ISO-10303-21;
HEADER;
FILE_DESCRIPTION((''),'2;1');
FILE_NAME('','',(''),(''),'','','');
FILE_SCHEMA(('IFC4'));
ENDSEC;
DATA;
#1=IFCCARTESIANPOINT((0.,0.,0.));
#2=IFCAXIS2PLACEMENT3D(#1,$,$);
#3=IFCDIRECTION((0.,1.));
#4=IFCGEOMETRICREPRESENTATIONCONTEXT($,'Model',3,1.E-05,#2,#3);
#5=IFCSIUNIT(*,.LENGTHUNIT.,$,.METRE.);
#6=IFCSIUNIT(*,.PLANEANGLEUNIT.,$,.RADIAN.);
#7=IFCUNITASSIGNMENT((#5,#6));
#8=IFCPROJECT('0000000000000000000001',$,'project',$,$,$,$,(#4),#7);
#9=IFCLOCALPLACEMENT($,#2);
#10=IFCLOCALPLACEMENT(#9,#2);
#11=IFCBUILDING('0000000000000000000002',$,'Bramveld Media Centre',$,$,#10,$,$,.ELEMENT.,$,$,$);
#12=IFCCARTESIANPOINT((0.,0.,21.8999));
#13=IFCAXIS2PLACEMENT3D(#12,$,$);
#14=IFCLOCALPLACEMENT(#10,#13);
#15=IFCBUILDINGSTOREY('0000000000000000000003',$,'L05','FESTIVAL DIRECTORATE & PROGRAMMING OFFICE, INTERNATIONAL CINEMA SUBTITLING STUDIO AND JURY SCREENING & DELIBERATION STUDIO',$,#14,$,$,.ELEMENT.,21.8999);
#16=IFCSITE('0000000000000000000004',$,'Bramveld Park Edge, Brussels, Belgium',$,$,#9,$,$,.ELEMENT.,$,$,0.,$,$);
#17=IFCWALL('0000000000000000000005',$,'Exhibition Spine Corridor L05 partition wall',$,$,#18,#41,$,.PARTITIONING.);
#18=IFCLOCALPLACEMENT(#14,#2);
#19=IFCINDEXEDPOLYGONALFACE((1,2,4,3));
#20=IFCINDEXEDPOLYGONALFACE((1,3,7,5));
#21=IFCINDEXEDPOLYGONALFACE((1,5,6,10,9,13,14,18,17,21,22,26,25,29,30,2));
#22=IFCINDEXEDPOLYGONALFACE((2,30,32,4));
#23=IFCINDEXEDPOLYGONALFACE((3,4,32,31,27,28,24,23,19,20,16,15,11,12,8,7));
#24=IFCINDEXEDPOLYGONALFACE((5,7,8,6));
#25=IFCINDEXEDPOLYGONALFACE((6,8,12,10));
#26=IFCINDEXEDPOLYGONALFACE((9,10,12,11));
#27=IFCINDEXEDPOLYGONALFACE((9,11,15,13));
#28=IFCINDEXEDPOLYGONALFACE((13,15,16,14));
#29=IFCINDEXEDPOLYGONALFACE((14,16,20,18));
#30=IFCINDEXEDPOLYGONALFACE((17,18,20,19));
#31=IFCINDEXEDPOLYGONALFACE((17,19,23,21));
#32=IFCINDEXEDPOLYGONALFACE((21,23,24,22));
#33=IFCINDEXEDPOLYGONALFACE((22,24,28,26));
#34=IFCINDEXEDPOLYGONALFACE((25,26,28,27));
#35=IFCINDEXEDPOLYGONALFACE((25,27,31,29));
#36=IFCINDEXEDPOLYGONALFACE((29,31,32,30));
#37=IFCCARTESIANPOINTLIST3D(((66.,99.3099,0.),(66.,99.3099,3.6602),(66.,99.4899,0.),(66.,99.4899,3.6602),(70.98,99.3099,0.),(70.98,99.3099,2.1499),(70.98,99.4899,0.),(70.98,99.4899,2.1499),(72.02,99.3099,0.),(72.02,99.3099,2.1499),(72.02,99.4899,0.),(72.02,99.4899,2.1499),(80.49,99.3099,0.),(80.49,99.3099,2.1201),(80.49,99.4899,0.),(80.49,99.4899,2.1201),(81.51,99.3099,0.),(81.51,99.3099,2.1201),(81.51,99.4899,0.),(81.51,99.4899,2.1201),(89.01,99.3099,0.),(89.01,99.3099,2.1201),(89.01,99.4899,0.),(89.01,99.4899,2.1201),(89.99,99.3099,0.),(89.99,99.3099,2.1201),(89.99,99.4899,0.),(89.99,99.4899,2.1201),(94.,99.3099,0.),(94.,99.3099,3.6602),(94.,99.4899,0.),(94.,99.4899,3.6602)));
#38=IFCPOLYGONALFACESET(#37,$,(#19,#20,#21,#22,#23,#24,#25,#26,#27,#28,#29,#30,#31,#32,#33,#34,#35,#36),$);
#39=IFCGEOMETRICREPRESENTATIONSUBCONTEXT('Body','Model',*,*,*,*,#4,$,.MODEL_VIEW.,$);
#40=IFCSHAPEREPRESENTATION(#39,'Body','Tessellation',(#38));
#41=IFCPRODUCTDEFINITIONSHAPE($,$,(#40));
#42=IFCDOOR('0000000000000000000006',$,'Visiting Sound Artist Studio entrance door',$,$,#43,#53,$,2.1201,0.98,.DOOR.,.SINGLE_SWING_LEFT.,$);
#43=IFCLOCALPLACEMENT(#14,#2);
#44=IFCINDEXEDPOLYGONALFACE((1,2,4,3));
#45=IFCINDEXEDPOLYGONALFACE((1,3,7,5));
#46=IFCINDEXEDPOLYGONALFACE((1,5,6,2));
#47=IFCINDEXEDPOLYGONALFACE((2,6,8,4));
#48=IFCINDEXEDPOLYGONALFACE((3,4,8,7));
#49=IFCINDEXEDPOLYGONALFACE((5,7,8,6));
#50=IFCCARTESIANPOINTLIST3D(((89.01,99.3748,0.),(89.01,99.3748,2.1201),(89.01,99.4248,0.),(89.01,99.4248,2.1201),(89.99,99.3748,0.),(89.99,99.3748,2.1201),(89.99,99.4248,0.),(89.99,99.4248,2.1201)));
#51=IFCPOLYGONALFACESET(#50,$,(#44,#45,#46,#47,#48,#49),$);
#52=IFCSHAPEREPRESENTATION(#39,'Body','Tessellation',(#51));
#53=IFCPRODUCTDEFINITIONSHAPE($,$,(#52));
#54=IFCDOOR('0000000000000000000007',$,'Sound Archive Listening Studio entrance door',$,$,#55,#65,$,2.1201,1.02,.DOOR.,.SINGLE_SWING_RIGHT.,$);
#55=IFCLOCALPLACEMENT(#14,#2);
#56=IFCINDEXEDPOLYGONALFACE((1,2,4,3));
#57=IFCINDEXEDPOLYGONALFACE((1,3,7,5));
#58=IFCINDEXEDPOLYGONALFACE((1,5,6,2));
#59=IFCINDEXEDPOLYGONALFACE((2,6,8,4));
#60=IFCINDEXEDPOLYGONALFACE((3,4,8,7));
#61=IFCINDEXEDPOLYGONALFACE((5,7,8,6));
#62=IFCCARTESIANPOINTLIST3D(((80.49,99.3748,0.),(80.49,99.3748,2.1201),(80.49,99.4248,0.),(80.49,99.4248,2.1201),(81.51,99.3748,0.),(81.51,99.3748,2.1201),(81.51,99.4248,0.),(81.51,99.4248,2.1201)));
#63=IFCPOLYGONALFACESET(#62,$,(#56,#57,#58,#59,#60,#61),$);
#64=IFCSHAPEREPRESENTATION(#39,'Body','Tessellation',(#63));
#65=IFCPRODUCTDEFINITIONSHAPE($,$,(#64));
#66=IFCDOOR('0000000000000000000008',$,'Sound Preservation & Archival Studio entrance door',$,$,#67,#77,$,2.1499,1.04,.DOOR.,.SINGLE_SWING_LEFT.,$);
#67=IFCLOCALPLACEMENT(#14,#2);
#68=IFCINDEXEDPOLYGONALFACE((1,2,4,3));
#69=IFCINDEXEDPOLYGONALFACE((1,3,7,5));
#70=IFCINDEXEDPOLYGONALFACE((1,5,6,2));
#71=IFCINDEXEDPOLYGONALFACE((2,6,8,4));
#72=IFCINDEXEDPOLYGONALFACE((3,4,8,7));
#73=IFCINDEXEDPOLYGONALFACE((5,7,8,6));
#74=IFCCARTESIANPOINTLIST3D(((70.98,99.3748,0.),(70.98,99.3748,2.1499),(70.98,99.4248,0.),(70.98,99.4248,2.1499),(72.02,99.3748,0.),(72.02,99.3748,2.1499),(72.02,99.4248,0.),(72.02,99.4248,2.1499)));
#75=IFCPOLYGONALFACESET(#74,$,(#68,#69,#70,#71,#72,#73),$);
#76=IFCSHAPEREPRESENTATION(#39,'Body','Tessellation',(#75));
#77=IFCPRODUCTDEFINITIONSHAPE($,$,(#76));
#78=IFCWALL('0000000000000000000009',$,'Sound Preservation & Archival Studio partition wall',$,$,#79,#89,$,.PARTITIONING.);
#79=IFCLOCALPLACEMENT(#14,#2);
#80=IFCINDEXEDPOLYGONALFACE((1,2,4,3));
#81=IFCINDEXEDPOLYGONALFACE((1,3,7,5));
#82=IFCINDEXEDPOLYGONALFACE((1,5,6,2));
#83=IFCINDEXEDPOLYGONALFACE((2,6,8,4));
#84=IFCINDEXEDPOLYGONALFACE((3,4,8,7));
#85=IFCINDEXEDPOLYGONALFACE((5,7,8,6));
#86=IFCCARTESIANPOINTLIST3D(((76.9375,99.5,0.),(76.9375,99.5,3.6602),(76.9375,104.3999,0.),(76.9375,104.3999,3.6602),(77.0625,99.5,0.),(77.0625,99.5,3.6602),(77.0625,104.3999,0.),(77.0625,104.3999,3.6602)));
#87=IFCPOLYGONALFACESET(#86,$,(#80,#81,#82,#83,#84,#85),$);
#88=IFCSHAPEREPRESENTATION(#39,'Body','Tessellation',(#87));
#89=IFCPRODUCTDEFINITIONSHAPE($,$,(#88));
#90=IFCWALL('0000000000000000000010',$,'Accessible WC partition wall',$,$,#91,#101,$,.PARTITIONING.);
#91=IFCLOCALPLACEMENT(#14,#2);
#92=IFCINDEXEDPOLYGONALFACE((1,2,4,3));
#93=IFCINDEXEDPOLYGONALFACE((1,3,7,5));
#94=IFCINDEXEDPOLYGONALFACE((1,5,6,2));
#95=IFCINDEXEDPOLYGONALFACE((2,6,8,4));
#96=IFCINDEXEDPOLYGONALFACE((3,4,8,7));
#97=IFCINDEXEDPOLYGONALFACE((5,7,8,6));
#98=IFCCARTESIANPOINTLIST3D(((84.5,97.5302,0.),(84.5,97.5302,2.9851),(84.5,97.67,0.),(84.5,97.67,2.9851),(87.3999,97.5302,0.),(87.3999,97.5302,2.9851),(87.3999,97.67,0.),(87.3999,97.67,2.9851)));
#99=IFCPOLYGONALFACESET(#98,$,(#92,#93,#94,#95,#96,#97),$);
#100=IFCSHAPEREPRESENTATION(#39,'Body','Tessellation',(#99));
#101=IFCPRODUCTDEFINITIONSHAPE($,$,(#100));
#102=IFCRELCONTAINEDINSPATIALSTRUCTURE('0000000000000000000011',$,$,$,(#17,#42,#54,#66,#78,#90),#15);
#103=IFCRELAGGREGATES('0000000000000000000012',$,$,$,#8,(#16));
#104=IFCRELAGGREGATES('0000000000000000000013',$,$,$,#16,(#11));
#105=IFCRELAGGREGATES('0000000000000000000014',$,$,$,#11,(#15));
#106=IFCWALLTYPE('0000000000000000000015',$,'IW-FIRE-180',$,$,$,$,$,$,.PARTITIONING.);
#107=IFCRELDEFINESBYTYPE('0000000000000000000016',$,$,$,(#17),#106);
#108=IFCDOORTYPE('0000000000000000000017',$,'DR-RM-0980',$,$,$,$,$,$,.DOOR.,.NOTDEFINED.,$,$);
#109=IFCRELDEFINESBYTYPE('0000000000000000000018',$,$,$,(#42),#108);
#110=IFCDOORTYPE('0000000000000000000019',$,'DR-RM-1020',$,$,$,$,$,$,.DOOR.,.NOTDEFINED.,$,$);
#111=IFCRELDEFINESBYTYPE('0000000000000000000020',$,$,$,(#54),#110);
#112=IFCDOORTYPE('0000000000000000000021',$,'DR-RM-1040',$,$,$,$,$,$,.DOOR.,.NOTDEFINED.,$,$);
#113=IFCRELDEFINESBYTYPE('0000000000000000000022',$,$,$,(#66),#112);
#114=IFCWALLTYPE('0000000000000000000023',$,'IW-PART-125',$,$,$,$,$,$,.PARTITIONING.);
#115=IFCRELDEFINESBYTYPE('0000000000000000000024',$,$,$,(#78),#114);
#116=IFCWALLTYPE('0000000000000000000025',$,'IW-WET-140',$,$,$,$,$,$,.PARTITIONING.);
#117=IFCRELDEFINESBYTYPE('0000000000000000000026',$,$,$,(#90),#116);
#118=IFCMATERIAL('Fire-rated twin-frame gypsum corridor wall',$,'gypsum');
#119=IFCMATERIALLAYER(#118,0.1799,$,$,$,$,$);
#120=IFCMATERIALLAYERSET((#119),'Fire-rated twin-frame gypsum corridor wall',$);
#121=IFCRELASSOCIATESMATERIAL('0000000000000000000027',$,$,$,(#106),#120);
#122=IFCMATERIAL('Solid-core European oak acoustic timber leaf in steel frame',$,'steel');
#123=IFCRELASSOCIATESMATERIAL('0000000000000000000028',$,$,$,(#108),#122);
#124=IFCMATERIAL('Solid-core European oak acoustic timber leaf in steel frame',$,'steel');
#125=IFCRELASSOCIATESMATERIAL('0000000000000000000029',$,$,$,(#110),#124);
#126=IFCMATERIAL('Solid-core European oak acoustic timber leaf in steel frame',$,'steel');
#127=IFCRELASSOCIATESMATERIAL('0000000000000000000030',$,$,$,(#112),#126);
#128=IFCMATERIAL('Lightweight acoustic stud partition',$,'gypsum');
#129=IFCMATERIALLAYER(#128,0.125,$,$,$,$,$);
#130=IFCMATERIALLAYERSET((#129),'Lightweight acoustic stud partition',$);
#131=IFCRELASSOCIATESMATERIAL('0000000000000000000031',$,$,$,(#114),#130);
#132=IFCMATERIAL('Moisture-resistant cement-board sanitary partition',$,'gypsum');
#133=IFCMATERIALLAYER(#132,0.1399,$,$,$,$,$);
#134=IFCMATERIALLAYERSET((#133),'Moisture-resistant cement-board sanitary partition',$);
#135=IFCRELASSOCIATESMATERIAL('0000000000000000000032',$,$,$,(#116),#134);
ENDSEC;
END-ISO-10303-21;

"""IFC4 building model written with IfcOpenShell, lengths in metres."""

from ifc_helpers import new_model, si_unit, direction, frame, frame_2d, origin, place, context, subcontext, project, spatial, rectangle, extrude, material, layer, layer_set, type_object, element, fill, save


model = new_model("IFC4")

# Units and contexts
model_context = context("Model", 3, precision=1e-05, world=origin(), true_north=direction((0.0, 1.0)))
body_context = subcontext(model_context, "Body", "Model", "MODEL_VIEW")
ifc_project = project(units=[si_unit("LENGTHUNIT", "METRE"), si_unit("PLANEANGLEUNIT", "RADIAN")], contexts=[model_context])

# Site, building, storey
site_placement = place(None, origin())
site = spatial("IfcSite", under=ifc_project, at=site_placement, Name="Bramveld Park Edge, Brussels, Belgium", CompositionType="ELEMENT", RefElevation=0.0)
building_placement = place(site_placement, origin())
building = spatial("IfcBuilding", under=site, at=building_placement, Name="Bramveld Media Centre", CompositionType="ELEMENT")
storey_placement = place(building_placement, frame((0.0, 0.0, 21.8999)))
storey = spatial("IfcBuildingStorey", under=building, at=storey_placement, Name="L05", Description="FESTIVAL DIRECTORATE & PROGRAMMING OFFICE, INTERNATIONAL CINEMA SUBTITLING STUDIO AND JURY SCREENING & DELIBERATION STUDIO", CompositionType="ELEMENT", Elevation=21.8999)

# Wall, openings, doors
ifc_material_1 = material(Name="Fire-rated twin-frame gypsum corridor wall", Category="gypsum")
ifc_layer_1 = layer(ifc_material_1, 0.1799)
ifc_layer_set_1 = layer_set([ifc_layer_1], Name="Fire-rated twin-frame gypsum corridor wall")
wall_type_1 = type_object("IfcWallType", Name="IW-FIRE-180", PredefinedType="PARTITIONING", material=ifc_layer_set_1)
wall_1_placement = place(storey_placement, frame((66.0, 99.3999, 0.0), z_axis=(0.0, 0.0, 1.0), x_axis=(1.0, 0.0, 0.0)))
wall_1 = element("IfcWall", 1, at=wall_1_placement, inside=storey, type_object=wall_type_1, Name="Exhibition Spine Corridor L05 partition wall", PredefinedType="PARTITIONING", context=body_context, shape_type="SweptSolid", body=[
    extrude(rectangle(XDim=28.0, YDim=0.1799, at=frame_2d((14.0, 0.0))), origin(), (0.0, 0.0, 1.0), 3.6602),
])
opening_1_placement = place(wall_1_placement, frame((4.98, 0.0, 0.0)))
opening_1 = element("IfcOpeningElement", 2, at=opening_1_placement, cuts=wall_1, PredefinedType="OPENING", context=body_context, shape_type="SweptSolid", body=[
    extrude(rectangle(XDim=1.04, YDim=2.1499, at=frame_2d((0.52, 1.075))), frame((0.0, 0.1021, 0.0), z_axis=(0.0, -1.0, 0.0), x_axis=(1.0, 0.0, 0.0)), (0.0, 0.0, 1.0), 0.2039),
])
opening_2_placement = place(wall_1_placement, frame((14.49, 0.0, 0.0)))
opening_2 = element("IfcOpeningElement", 3, at=opening_2_placement, cuts=wall_1, PredefinedType="OPENING", context=body_context, shape_type="SweptSolid", body=[
    extrude(rectangle(XDim=1.02, YDim=2.1201, at=frame_2d((0.51, 1.0601))), frame((0.0, 0.1021, 0.0), z_axis=(0.0, -1.0, 0.0), x_axis=(1.0, 0.0, 0.0)), (0.0, 0.0, 1.0), 0.2039),
])
opening_3_placement = place(wall_1_placement, frame((23.01, 0.0, 0.0)))
opening_3 = element("IfcOpeningElement", 4, at=opening_3_placement, cuts=wall_1, PredefinedType="OPENING", context=body_context, shape_type="SweptSolid", body=[
    extrude(rectangle(XDim=0.98, YDim=2.1201, at=frame_2d((0.49, 1.0601))), frame((0.0, 0.1021, 0.0), z_axis=(0.0, -1.0, 0.0), x_axis=(1.0, 0.0, 0.0)), (0.0, 0.0, 1.0), 0.2039),
])
ifc_material_2 = material(Name="Solid-core European oak acoustic timber leaf in steel frame", Category="steel")
door_type_1 = type_object("IfcDoorType", Name="DR-RM-0980", OperationType="NOTDEFINED", PredefinedType="DOOR", material=ifc_material_2)
door_1_placement = place(opening_3_placement, origin())
door_1 = element("IfcDoor", 5, at=door_1_placement, inside=storey, type_object=door_type_1, Name="Visiting Sound Artist Studio entrance door", OperationType="SINGLE_SWING_LEFT", OverallHeight=2.1201, OverallWidth=0.98, PredefinedType="DOOR", context=body_context, shape_type="SweptSolid", body=[
    extrude(rectangle(XDim=0.98, YDim=2.1201, at=frame_2d((0.49, 1.0601))), frame((0.0, 0.0249, 0.0), z_axis=(0.0, -1.0, 0.0), x_axis=(1.0, 0.0, 0.0)), (0.0, 0.0, 1.0), 0.05),
])
fill(opening_3, door_1)
ifc_material_3 = material(Name="Solid-core European oak acoustic timber leaf in steel frame", Category="steel")
door_type_2 = type_object("IfcDoorType", Name="DR-RM-1020", OperationType="NOTDEFINED", PredefinedType="DOOR", material=ifc_material_3)
door_2_placement = place(opening_2_placement, origin())
door_2 = element("IfcDoor", 6, at=door_2_placement, inside=storey, type_object=door_type_2, Name="Sound Archive Listening Studio entrance door", OperationType="SINGLE_SWING_RIGHT", OverallHeight=2.1201, OverallWidth=1.02, PredefinedType="DOOR", context=body_context, shape_type="SweptSolid", body=[
    extrude(rectangle(XDim=1.02, YDim=2.1201, at=frame_2d((0.51, 1.0601))), frame((0.0, 0.0249, 0.0), z_axis=(0.0, -1.0, 0.0), x_axis=(1.0, 0.0, 0.0)), (0.0, 0.0, 1.0), 0.05),
])
fill(opening_2, door_2)
ifc_material_4 = material(Name="Solid-core European oak acoustic timber leaf in steel frame", Category="steel")
door_type_3 = type_object("IfcDoorType", Name="DR-RM-1040", OperationType="NOTDEFINED", PredefinedType="DOOR", material=ifc_material_4)
door_3_placement = place(opening_1_placement, origin())
door_3 = element("IfcDoor", 7, at=door_3_placement, inside=storey, type_object=door_type_3, Name="Sound Preservation & Archival Studio entrance door", OperationType="SINGLE_SWING_LEFT", OverallHeight=2.1499, OverallWidth=1.04, PredefinedType="DOOR", context=body_context, shape_type="SweptSolid", body=[
    extrude(rectangle(XDim=1.04, YDim=2.1499, at=frame_2d((0.52, 1.075))), frame((0.0, 0.0249, 0.0), z_axis=(0.0, -1.0, 0.0), x_axis=(1.0, 0.0, 0.0)), (0.0, 0.0, 1.0), 0.05),
])
fill(opening_1, door_3)

# Walls
ifc_material_5 = material(Name="Lightweight acoustic stud partition", Category="gypsum")
ifc_layer_2 = layer(ifc_material_5, 0.125)
ifc_layer_set_2 = layer_set([ifc_layer_2], Name="Lightweight acoustic stud partition")
wall_type_2 = type_object("IfcWallType", Name="IW-PART-125", PredefinedType="PARTITIONING", material=ifc_layer_set_2)
wall_2_placement = place(storey_placement, frame((77.0, 99.5, 0.0), z_axis=(0.0, 0.0, 1.0), x_axis=(0.0, 1.0, 0.0)))
element("IfcWall", 8, at=wall_2_placement, inside=storey, type_object=wall_type_2, Name="Sound Preservation & Archival Studio partition wall", PredefinedType="PARTITIONING", context=body_context, shape_type="SweptSolid", body=[
    extrude(rectangle(XDim=4.8999, YDim=0.125, at=frame_2d((2.45, 0.0))), origin(), (0.0, 0.0, 1.0), 3.6602),
])
ifc_material_6 = material(Name="Moisture-resistant cement-board sanitary partition", Category="gypsum")
ifc_layer_3 = layer(ifc_material_6, 0.1399)
ifc_layer_set_3 = layer_set([ifc_layer_3], Name="Moisture-resistant cement-board sanitary partition")
wall_type_3 = type_object("IfcWallType", Name="IW-WET-140", PredefinedType="PARTITIONING", material=ifc_layer_set_3)
wall_3_placement = place(storey_placement, frame((84.5, 97.6001, 0.0), z_axis=(0.0, 0.0, 1.0), x_axis=(1.0, 0.0, 0.0)))
element("IfcWall", 9, at=wall_3_placement, inside=storey, type_object=wall_type_3, Name="Accessible WC partition wall", PredefinedType="PARTITIONING", context=body_context, shape_type="SweptSolid", body=[
    extrude(rectangle(XDim=2.8999, YDim=0.1399, at=frame_2d((1.45, 0.0))), origin(), (0.0, 0.0, 1.0), 2.9851),
])

save(model, "model.ifc")
